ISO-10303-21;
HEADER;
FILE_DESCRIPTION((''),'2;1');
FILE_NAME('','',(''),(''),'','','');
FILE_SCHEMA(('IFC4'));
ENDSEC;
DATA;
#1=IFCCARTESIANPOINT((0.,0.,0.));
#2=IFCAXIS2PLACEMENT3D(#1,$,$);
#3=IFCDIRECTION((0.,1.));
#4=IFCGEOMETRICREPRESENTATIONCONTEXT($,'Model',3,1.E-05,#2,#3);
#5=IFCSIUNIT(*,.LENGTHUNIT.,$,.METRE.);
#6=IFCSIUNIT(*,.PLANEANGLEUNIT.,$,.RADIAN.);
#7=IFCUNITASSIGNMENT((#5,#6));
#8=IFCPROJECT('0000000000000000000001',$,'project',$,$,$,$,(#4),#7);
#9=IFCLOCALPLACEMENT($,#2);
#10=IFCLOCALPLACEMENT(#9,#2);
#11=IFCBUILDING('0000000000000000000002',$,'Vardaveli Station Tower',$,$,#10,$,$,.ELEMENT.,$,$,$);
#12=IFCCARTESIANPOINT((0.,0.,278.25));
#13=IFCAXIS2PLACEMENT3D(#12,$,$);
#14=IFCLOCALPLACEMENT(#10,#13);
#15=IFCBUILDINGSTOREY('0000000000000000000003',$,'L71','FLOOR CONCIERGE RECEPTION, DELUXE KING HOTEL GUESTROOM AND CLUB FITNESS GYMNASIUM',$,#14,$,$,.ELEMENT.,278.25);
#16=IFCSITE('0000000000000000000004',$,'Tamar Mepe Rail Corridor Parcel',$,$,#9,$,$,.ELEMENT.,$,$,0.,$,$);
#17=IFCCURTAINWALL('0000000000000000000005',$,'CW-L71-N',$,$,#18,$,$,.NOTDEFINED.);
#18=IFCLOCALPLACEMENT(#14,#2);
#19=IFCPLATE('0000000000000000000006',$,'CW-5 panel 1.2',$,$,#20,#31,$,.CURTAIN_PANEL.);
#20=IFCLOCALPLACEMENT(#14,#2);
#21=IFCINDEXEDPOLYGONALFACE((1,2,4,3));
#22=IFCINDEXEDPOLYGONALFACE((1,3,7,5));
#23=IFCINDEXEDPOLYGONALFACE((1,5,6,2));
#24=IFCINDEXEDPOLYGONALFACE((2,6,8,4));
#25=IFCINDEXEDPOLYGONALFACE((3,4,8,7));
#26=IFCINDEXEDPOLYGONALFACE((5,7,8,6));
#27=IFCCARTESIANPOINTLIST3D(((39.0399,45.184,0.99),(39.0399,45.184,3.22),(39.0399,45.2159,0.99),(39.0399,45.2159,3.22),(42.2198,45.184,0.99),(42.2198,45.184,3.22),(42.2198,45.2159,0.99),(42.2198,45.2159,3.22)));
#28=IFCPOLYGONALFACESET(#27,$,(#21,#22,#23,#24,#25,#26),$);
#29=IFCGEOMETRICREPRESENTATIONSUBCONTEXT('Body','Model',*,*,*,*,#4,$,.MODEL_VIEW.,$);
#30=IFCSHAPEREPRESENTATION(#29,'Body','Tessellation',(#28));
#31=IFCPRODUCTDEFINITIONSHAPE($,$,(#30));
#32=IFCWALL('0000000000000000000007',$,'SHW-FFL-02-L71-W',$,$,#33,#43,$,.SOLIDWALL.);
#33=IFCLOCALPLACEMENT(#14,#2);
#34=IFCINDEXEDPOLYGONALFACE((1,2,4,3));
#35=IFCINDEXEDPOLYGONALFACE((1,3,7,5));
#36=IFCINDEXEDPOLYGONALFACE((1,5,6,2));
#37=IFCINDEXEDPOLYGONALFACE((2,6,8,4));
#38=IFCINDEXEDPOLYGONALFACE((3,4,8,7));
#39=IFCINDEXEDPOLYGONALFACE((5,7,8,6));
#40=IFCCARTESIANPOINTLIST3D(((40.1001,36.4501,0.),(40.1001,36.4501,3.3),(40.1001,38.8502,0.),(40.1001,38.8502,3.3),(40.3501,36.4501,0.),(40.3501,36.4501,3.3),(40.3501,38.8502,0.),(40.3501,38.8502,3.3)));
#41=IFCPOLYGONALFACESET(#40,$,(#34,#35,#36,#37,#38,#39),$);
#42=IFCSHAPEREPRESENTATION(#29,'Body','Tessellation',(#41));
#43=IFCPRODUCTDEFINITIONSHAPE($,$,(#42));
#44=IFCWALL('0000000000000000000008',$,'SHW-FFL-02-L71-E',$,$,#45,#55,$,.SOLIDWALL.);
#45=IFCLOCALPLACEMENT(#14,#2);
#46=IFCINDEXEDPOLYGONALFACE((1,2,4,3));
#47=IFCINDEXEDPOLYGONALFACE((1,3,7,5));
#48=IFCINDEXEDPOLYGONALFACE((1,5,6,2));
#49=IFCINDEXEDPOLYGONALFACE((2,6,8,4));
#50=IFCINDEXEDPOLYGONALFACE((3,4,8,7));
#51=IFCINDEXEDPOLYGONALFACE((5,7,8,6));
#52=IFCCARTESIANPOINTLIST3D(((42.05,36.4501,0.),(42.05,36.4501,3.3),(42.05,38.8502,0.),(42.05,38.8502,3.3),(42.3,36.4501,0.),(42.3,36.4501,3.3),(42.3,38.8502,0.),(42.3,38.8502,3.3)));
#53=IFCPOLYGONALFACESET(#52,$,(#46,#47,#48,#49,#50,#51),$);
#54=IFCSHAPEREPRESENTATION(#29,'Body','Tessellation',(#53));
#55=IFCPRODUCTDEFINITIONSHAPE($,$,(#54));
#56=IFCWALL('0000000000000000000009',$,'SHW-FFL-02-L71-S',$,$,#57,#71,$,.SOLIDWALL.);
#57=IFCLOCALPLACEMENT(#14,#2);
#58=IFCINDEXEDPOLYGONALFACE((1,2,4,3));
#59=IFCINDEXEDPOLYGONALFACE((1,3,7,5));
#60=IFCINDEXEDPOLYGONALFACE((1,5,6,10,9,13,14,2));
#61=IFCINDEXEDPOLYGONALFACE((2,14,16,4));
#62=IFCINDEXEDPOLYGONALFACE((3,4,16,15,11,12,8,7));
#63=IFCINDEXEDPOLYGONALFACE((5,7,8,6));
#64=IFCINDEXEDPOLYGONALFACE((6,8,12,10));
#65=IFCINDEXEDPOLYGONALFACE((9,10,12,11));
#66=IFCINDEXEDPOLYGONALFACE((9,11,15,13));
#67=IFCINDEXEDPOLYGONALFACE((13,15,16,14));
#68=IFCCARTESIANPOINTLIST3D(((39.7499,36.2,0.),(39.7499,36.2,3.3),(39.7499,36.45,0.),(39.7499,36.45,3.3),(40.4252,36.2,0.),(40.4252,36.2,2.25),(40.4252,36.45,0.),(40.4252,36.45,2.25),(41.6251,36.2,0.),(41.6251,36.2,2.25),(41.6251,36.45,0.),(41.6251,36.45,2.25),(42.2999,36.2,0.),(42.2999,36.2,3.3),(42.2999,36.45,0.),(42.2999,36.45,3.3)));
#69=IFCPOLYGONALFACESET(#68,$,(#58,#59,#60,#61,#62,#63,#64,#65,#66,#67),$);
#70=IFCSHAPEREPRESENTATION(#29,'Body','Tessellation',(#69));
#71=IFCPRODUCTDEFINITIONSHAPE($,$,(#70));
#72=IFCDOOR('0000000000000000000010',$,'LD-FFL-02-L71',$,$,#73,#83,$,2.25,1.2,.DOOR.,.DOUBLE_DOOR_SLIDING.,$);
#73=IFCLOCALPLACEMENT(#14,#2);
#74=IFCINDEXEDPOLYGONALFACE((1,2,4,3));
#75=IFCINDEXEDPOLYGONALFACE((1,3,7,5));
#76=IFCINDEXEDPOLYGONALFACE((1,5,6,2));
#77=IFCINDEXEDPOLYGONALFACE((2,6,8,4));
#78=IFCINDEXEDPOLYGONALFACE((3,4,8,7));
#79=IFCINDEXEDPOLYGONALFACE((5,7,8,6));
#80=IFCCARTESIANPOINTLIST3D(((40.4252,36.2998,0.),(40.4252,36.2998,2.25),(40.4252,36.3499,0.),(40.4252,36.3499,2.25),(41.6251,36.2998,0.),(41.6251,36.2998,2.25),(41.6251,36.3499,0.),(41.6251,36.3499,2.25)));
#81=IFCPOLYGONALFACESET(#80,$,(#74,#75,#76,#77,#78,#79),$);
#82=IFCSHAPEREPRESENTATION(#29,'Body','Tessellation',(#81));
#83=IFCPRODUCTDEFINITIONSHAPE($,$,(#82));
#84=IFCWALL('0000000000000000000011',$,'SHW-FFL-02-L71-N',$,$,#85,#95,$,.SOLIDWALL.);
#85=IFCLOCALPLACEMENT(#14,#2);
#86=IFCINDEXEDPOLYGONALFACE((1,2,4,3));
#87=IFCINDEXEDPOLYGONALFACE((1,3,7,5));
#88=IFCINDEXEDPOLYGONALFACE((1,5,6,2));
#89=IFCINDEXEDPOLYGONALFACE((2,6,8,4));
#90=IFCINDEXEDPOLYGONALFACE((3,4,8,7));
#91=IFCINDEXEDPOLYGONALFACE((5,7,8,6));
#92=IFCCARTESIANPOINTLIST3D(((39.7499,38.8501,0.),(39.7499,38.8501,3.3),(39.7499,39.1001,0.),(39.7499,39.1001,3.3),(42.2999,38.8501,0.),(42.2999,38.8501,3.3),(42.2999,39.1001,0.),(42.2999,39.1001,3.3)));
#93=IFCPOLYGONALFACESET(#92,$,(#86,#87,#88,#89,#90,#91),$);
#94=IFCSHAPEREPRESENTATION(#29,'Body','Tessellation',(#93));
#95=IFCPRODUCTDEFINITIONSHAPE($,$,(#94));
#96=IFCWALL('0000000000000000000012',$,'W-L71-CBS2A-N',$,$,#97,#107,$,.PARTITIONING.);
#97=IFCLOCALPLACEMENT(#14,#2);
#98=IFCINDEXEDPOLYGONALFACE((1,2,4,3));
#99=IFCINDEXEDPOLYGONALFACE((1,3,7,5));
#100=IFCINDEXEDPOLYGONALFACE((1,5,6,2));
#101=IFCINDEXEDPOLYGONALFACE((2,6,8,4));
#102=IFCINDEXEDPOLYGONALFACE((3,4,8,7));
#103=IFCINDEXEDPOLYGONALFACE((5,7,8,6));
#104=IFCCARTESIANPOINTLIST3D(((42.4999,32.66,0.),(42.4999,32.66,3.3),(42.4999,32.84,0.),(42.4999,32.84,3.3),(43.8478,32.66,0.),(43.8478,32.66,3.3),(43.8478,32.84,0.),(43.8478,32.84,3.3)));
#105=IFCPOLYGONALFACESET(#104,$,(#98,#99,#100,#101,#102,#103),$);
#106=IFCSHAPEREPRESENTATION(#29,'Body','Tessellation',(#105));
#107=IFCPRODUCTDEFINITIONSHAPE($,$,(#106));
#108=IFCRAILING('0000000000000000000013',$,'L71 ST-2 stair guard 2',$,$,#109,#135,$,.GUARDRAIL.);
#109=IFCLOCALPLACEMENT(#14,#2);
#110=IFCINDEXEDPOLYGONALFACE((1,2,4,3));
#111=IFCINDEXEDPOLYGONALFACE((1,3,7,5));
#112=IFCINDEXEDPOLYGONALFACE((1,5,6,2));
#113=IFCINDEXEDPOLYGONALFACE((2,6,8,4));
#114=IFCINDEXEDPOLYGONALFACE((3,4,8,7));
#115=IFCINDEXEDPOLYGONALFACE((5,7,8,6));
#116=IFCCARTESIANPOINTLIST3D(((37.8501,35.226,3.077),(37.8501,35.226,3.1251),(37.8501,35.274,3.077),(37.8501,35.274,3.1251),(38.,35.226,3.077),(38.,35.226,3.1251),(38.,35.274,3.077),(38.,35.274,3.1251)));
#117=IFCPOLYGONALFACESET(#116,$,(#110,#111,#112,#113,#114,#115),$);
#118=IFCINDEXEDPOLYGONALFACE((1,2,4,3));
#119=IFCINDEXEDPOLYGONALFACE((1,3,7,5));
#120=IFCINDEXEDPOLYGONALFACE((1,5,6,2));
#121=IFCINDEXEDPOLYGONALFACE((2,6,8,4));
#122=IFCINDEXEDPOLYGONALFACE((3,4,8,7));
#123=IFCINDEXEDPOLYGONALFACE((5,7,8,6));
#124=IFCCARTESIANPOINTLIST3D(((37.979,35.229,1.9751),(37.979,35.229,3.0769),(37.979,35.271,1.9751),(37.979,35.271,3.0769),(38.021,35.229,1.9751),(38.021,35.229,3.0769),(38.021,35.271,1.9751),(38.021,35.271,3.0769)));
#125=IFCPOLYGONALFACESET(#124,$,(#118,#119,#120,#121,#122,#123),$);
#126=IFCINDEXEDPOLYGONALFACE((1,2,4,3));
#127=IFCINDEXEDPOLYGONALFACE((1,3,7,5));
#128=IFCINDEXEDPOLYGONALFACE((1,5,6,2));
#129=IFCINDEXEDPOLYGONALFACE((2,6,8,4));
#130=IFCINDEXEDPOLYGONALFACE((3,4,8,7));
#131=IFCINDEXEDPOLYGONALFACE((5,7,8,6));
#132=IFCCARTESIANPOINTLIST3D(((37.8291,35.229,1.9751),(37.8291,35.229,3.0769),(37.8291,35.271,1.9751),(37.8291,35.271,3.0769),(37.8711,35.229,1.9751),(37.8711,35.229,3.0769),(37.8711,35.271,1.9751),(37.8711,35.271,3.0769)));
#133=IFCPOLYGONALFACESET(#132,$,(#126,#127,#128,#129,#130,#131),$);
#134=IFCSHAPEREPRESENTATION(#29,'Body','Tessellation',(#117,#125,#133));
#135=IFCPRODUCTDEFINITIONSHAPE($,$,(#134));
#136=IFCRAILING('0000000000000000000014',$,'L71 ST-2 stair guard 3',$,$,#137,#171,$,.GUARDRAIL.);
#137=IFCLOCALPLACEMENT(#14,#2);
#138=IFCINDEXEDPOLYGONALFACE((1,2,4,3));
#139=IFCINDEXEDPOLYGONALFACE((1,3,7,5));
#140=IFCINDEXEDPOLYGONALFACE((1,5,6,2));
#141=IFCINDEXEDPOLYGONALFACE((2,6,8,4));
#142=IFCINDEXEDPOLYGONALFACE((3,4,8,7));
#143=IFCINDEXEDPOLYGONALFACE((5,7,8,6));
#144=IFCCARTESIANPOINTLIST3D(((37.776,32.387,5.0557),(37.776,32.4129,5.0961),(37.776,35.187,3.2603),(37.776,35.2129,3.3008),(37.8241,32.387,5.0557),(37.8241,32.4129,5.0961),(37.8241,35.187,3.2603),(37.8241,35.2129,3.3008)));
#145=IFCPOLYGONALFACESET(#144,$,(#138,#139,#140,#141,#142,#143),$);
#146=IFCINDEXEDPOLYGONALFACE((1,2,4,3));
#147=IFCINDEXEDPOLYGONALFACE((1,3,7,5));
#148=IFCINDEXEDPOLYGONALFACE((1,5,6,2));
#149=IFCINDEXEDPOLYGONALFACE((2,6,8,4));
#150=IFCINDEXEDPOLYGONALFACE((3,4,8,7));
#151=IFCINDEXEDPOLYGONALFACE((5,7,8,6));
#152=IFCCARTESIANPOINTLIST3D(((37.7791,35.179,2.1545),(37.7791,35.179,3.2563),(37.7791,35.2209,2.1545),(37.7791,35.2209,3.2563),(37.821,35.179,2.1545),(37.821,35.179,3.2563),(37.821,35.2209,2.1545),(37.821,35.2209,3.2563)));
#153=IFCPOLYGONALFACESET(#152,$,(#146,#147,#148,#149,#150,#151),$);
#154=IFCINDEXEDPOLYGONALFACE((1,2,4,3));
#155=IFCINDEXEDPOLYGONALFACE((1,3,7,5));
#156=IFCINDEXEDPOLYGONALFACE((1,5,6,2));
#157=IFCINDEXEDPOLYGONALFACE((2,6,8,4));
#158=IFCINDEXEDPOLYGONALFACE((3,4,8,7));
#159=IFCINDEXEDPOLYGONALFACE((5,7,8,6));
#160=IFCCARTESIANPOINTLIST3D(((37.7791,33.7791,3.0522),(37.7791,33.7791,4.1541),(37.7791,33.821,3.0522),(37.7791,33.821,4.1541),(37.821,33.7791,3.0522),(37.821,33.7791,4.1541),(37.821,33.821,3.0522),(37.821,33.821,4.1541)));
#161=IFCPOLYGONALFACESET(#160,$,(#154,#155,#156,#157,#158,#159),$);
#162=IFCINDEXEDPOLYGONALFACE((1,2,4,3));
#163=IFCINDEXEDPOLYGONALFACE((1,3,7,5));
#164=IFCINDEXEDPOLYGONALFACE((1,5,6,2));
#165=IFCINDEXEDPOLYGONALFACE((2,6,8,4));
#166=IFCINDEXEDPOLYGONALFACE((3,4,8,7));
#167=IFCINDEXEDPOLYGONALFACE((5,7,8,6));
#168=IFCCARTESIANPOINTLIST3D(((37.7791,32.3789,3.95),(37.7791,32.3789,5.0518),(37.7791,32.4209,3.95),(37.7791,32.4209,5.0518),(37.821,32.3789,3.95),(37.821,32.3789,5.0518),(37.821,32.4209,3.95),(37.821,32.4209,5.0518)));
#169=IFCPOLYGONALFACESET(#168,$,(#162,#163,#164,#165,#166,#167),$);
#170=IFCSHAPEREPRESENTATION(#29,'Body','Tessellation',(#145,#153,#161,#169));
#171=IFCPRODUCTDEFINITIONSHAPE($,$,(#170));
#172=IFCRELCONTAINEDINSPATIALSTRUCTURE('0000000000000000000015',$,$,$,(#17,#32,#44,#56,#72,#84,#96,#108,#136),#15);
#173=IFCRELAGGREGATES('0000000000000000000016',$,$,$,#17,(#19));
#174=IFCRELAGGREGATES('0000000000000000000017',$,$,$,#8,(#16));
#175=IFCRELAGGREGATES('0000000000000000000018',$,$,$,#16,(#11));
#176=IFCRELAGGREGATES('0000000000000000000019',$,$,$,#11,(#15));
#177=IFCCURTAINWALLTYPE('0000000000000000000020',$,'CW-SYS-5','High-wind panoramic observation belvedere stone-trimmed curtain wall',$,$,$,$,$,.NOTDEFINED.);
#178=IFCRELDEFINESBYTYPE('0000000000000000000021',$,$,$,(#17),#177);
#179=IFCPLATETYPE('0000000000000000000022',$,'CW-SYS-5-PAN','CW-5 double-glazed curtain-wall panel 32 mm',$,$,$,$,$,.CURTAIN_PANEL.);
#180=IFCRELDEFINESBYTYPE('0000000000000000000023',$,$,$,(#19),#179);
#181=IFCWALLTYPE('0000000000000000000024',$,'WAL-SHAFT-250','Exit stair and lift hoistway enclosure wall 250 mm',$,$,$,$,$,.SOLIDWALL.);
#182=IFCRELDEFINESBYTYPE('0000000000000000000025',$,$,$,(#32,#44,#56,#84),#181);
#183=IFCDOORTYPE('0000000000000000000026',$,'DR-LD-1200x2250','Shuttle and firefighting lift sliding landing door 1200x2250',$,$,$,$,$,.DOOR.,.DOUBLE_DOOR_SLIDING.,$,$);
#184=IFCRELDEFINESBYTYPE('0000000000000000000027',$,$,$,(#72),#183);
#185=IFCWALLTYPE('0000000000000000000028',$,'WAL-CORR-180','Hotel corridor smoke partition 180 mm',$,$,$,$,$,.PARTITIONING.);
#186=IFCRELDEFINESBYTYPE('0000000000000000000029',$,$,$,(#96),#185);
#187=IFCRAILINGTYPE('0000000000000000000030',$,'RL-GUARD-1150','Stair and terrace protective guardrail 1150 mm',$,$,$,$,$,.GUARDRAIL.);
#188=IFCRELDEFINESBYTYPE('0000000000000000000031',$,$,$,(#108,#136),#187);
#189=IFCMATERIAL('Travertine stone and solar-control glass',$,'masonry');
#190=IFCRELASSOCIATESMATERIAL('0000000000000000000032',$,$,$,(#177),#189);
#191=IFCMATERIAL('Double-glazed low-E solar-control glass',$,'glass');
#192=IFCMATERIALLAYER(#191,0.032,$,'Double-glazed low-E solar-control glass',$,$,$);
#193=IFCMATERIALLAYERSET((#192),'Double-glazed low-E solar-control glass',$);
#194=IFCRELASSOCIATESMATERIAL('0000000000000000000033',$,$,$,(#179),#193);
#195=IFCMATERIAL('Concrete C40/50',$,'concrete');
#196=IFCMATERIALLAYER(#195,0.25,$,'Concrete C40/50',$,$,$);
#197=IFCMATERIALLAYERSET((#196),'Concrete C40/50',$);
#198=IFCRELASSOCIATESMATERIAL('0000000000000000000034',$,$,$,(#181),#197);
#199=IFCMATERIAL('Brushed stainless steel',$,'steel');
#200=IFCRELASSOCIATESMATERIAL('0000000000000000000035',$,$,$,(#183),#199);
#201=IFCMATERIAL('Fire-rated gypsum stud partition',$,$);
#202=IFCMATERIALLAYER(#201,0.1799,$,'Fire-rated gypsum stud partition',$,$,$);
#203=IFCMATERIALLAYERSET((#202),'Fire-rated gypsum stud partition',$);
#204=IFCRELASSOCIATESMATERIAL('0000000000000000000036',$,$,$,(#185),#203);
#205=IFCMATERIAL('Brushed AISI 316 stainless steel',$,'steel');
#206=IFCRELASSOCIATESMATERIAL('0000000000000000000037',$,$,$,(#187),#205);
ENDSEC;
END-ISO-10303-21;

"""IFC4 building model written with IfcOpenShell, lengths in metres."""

from ifc_helpers import new_model, si_unit, direction, frame, frame_2d, origin, origin_2d, place, context, subcontext, project, spatial, rectangle, extrude, source, transform, mapped, material, layer, layer_set, type_object, element, fill, aggregate, save


model = new_model("IFC4")

# Units and contexts
model_context = context("Model", 3, precision=1e-05, world=origin(), true_north=direction((0.0, 1.0)))
body_context = subcontext(model_context, "Body", "Model", "MODEL_VIEW")
ifc_project = project(units=[si_unit("LENGTHUNIT", "METRE"), si_unit("PLANEANGLEUNIT", "RADIAN")], contexts=[model_context])

# Site, building, storey
site_placement = place(None, origin())
site = spatial("IfcSite", under=ifc_project, at=site_placement, Name="Tamar Mepe Rail Corridor Parcel", CompositionType="ELEMENT", RefElevation=0.0)
building_placement = place(site_placement, origin())
building = spatial("IfcBuilding", under=site, at=building_placement, Name="Vardaveli Station Tower", CompositionType="ELEMENT")
storey_placement = place(building_placement, frame((0.0, 0.0, 278.25)))
storey = spatial("IfcBuildingStorey", under=building, at=storey_placement, Name="L71", Description="FLOOR CONCIERGE RECEPTION, DELUXE KING HOTEL GUESTROOM AND CLUB FITNESS GYMNASIUM", CompositionType="ELEMENT", Elevation=278.25)

# Curtain wall, plate
ifc_material_1 = material(Name="Travertine stone and solar-control glass", Category="masonry")
curtain_wall_type = type_object("IfcCurtainWallType", Name="CW-SYS-5", Description="High-wind panoramic observation belvedere stone-trimmed curtain wall", PredefinedType="NOTDEFINED", material=ifc_material_1)
curtain_wall_placement = place(storey_placement, origin())
curtain_wall = element("IfcCurtainWall", 1, at=curtain_wall_placement, inside=storey, type_object=curtain_wall_type, Name="CW-L71-N", PredefinedType="NOTDEFINED")
ifc_material_2 = material(Name="Double-glazed low-E solar-control glass", Category="glass")
ifc_layer_1 = layer(ifc_material_2, 0.032, Name="Double-glazed low-E solar-control glass")
ifc_layer_set_1 = layer_set([ifc_layer_1], Name="Double-glazed low-E solar-control glass")
plate_type = type_object("IfcPlateType", Name="CW-SYS-5-PAN", Description="CW-5 double-glazed curtain-wall panel 32 mm", PredefinedType="CURTAIN_PANEL", material=ifc_layer_set_1)
shared_shape_1 = source(origin(), body_context, "Body", "SweptSolid", [
    extrude(rectangle(XDim=3.1799, YDim=0.032, at=origin_2d()), origin(), (0.0, 0.0, 1.0), 2.23),
])
plate_1_placement = place(storey_placement, frame((40.6299, 45.2, 0.99), z_axis=(0.0, 0.0, 1.0), x_axis=(-1.0, 0.0, 0.0)))
plate_1 = element("IfcPlate", 2, at=plate_1_placement, type_object=plate_type, Name="CW-5 panel 1.2", PredefinedType="CURTAIN_PANEL", context=body_context, shape_type="MappedRepresentation", body=[
    mapped(shared_shape_1, transform((0.0, 0.0, 0.0), scale=1.0)),
])
aggregate(curtain_wall, [plate_1])

# Walls
ifc_material_3 = material(Name="Concrete C40/50", Category="concrete")
ifc_layer_2 = layer(ifc_material_3, 0.25, Name="Concrete C40/50")
ifc_layer_set_2 = layer_set([ifc_layer_2], Name="Concrete C40/50")
wall_type_1 = type_object("IfcWallType", Name="WAL-SHAFT-250", Description="Exit stair and lift hoistway enclosure wall 250 mm", PredefinedType="SOLIDWALL", material=ifc_layer_set_2)
shared_shape_2 = source(origin(), body_context, "Body", "SweptSolid", [
    extrude(rectangle(XDim=2.4001, YDim=0.25, at=frame_2d((1.2002, 0.0))), origin(), (0.0, 0.0, 1.0), 3.3),
])
for number, where, z_axis, x_axis, name in (
    (3, (40.2251, 36.45, 0.0), (0.0, 0.0, 1.0), (0.0, 1.0, 0.0), "SHW-FFL-02-L71-W"),
    (4, (42.175, 36.45, 0.0), (0.0, 0.0, 1.0), (0.0, 1.0, 0.0), "SHW-FFL-02-L71-E"),
):
    element("IfcWall", number, at=place(storey_placement, frame(where, z_axis=z_axis, x_axis=x_axis)), inside=storey, type_object=wall_type_1, Name=name, PredefinedType="SOLIDWALL", context=body_context, shape_type="MappedRepresentation", body=[
        mapped(shared_shape_2, transform((0.0, 0.0, 0.0), scale=1.0)),
    ])

# Wall, opening, door
shared_shape_3 = source(origin(), body_context, "Body", "SweptSolid", [
    extrude(rectangle(XDim=2.55, YDim=0.25, at=frame_2d((1.2749, 0.0))), origin(), (0.0, 0.0, 1.0), 3.3),
])
wall_1_placement = place(storey_placement, frame((39.75, 36.325, 0.0), z_axis=(0.0, 0.0, 1.0), x_axis=(1.0, 0.0, 0.0)))
wall_1 = element("IfcWall", 5, at=wall_1_placement, inside=storey, type_object=wall_type_1, Name="SHW-FFL-02-L71-S", PredefinedType="SOLIDWALL", context=body_context, shape_type="MappedRepresentation", body=[
    mapped(shared_shape_3, transform((0.0, 0.0, 0.0), scale=1.0)),
])
shared_shape_4 = source(origin(), body_context, "Body", "SweptSolid", [
    extrude(rectangle(XDim=1.2, YDim=2.25, at=frame_2d((0.6001, 1.125))), frame((0.0, 0.135, 0.0), z_axis=(0.0, -1.0, 0.0), x_axis=(1.0, 0.0, 0.0)), (0.0, 0.0, 1.0), 0.27),
])
opening_placement = place(wall_1_placement, frame((0.675, 0.0, 0.0)))
opening = element("IfcOpeningElement", 6, at=opening_placement, cuts=wall_1, PredefinedType="OPENING", context=body_context, shape_type="MappedRepresentation", body=[
    mapped(shared_shape_4, transform((0.0, 0.0, 0.0), scale=1.0)),
])
ifc_material_4 = material(Name="Brushed stainless steel", Category="steel")
door_type = type_object("IfcDoorType", Name="DR-LD-1200x2250", Description="Shuttle and firefighting lift sliding landing door 1200x2250", OperationType="DOUBLE_DOOR_SLIDING", PredefinedType="DOOR", material=ifc_material_4)
shared_shape_5 = source(origin(), body_context, "Body", "SweptSolid", [
    extrude(rectangle(XDim=1.2, YDim=2.25, at=frame_2d((0.6001, 1.125))), frame((0.0, 0.0249, 0.0), z_axis=(0.0, -1.0, 0.0), x_axis=(1.0, 0.0, 0.0)), (0.0, 0.0, 1.0), 0.05),
])
door_placement = place(opening_placement, origin())
door = element("IfcDoor", 7, at=door_placement, inside=storey, type_object=door_type, Name="LD-FFL-02-L71", OperationType="DOUBLE_DOOR_SLIDING", OverallHeight=2.25, OverallWidth=1.2, PredefinedType="DOOR", context=body_context, shape_type="MappedRepresentation", body=[
    mapped(shared_shape_5, transform((0.0, 0.0, 0.0), scale=1.0)),
])
fill(opening, door)

# Walls
wall_2_placement = place(storey_placement, frame((39.75, 38.9751, 0.0), z_axis=(0.0, 0.0, 1.0), x_axis=(1.0, 0.0, 0.0)))
element("IfcWall", 8, at=wall_2_placement, inside=storey, type_object=wall_type_1, Name="SHW-FFL-02-L71-N", PredefinedType="SOLIDWALL", context=body_context, shape_type="MappedRepresentation", body=[
    mapped(shared_shape_3, transform((0.0, 0.0, 0.0), scale=1.0)),
])
ifc_material_5 = material(Name="Fire-rated gypsum stud partition")
ifc_layer_3 = layer(ifc_material_5, 0.1799, Name="Fire-rated gypsum stud partition")
ifc_layer_set_3 = layer_set([ifc_layer_3], Name="Fire-rated gypsum stud partition")
wall_type_2 = type_object("IfcWallType", Name="WAL-CORR-180", Description="Hotel corridor smoke partition 180 mm", PredefinedType="PARTITIONING", material=ifc_layer_set_3)
shared_shape_6 = source(origin(), body_context, "Body", "SweptSolid", [
    extrude(rectangle(XDim=1.3479, YDim=0.1799, at=frame_2d((0.6738, 0.0))), origin(), (0.0, 0.0, 1.0), 3.3),
])
wall_3_placement = place(storey_placement, frame((42.5, 32.75, 0.0), z_axis=(0.0, 0.0, 1.0), x_axis=(1.0, 0.0, 0.0)))
element("IfcWall", 9, at=wall_3_placement, inside=storey, type_object=wall_type_2, Name="W-L71-CBS2A-N", PredefinedType="PARTITIONING", context=body_context, shape_type="MappedRepresentation", body=[
    mapped(shared_shape_6, transform((0.0, 0.0, 0.0), scale=1.0)),
])

# Railings
ifc_material_6 = material(Name="Brushed AISI 316 stainless steel", Category="steel")
railing_type = type_object("IfcRailingType", Name="RL-GUARD-1150", Description="Stair and terrace protective guardrail 1150 mm", PredefinedType="GUARDRAIL", material=ifc_material_6)
shared_shape_7 = source(origin(), body_context, "Body", "SweptSolid", [
    extrude(rectangle(XDim=0.0481, YDim=0.0481, at=origin_2d()), frame((0.0, 0.0, 1.126), z_axis=(-1.0, 0.0, 0.0), x_axis=(0.0, -1.0, 0.0)), (0.0, 0.0, 1.0), 0.1499),
    extrude(rectangle(XDim=0.042, YDim=0.042, at=origin_2d()), origin(), (0.0, 0.0, 1.0), 1.1018),
    extrude(rectangle(XDim=0.042, YDim=0.042, at=origin_2d()), frame((-0.1499, 0.0, 0.0)), (0.0, 0.0, 1.0), 1.1018),
])
railing_1_placement = place(storey_placement, frame((38.0, 35.25, 1.9751)))
element("IfcRailing", 10, at=railing_1_placement, inside=storey, type_object=railing_type, Name="L71 ST-2 stair guard 2", PredefinedType="GUARDRAIL", context=body_context, shape_type="MappedRepresentation", body=[
    mapped(shared_shape_7, transform((0.0, 0.0, 0.0), scale=1.0)),
])
shared_shape_8 = source(origin(), body_context, "Body", "SweptSolid", [
    extrude(rectangle(XDim=0.0481, YDim=0.0481, at=origin_2d()), frame((0.0, 0.0, 1.126), z_axis=(0.0, -0.84181, 0.539774), x_axis=(1.0, 0.0, 0.0)), (0.0, 0.0, 1.0), 3.3262),
    extrude(rectangle(XDim=0.042, YDim=0.042, at=origin_2d()), origin(), (0.0, 0.0, 1.0), 1.1018),
    extrude(rectangle(XDim=0.042, YDim=0.042, at=origin_2d()), frame((0.0, -1.3999, 0.8977)), (0.0, 0.0, 1.0), 1.1018),
    extrude(rectangle(XDim=0.042, YDim=0.042, at=origin_2d()), frame((0.0, -2.8, 1.7954)), (0.0, 0.0, 1.0), 1.1018),
])
railing_2_placement = place(storey_placement, frame((37.8, 35.2, 2.1545)))
element("IfcRailing", 11, at=railing_2_placement, inside=storey, type_object=railing_type, Name="L71 ST-2 stair guard 3", PredefinedType="GUARDRAIL", context=body_context, shape_type="MappedRepresentation", body=[
    mapped(shared_shape_8, transform((0.0, 0.0, 0.0), scale=1.0)),
])

save(model, "model.ifc")
